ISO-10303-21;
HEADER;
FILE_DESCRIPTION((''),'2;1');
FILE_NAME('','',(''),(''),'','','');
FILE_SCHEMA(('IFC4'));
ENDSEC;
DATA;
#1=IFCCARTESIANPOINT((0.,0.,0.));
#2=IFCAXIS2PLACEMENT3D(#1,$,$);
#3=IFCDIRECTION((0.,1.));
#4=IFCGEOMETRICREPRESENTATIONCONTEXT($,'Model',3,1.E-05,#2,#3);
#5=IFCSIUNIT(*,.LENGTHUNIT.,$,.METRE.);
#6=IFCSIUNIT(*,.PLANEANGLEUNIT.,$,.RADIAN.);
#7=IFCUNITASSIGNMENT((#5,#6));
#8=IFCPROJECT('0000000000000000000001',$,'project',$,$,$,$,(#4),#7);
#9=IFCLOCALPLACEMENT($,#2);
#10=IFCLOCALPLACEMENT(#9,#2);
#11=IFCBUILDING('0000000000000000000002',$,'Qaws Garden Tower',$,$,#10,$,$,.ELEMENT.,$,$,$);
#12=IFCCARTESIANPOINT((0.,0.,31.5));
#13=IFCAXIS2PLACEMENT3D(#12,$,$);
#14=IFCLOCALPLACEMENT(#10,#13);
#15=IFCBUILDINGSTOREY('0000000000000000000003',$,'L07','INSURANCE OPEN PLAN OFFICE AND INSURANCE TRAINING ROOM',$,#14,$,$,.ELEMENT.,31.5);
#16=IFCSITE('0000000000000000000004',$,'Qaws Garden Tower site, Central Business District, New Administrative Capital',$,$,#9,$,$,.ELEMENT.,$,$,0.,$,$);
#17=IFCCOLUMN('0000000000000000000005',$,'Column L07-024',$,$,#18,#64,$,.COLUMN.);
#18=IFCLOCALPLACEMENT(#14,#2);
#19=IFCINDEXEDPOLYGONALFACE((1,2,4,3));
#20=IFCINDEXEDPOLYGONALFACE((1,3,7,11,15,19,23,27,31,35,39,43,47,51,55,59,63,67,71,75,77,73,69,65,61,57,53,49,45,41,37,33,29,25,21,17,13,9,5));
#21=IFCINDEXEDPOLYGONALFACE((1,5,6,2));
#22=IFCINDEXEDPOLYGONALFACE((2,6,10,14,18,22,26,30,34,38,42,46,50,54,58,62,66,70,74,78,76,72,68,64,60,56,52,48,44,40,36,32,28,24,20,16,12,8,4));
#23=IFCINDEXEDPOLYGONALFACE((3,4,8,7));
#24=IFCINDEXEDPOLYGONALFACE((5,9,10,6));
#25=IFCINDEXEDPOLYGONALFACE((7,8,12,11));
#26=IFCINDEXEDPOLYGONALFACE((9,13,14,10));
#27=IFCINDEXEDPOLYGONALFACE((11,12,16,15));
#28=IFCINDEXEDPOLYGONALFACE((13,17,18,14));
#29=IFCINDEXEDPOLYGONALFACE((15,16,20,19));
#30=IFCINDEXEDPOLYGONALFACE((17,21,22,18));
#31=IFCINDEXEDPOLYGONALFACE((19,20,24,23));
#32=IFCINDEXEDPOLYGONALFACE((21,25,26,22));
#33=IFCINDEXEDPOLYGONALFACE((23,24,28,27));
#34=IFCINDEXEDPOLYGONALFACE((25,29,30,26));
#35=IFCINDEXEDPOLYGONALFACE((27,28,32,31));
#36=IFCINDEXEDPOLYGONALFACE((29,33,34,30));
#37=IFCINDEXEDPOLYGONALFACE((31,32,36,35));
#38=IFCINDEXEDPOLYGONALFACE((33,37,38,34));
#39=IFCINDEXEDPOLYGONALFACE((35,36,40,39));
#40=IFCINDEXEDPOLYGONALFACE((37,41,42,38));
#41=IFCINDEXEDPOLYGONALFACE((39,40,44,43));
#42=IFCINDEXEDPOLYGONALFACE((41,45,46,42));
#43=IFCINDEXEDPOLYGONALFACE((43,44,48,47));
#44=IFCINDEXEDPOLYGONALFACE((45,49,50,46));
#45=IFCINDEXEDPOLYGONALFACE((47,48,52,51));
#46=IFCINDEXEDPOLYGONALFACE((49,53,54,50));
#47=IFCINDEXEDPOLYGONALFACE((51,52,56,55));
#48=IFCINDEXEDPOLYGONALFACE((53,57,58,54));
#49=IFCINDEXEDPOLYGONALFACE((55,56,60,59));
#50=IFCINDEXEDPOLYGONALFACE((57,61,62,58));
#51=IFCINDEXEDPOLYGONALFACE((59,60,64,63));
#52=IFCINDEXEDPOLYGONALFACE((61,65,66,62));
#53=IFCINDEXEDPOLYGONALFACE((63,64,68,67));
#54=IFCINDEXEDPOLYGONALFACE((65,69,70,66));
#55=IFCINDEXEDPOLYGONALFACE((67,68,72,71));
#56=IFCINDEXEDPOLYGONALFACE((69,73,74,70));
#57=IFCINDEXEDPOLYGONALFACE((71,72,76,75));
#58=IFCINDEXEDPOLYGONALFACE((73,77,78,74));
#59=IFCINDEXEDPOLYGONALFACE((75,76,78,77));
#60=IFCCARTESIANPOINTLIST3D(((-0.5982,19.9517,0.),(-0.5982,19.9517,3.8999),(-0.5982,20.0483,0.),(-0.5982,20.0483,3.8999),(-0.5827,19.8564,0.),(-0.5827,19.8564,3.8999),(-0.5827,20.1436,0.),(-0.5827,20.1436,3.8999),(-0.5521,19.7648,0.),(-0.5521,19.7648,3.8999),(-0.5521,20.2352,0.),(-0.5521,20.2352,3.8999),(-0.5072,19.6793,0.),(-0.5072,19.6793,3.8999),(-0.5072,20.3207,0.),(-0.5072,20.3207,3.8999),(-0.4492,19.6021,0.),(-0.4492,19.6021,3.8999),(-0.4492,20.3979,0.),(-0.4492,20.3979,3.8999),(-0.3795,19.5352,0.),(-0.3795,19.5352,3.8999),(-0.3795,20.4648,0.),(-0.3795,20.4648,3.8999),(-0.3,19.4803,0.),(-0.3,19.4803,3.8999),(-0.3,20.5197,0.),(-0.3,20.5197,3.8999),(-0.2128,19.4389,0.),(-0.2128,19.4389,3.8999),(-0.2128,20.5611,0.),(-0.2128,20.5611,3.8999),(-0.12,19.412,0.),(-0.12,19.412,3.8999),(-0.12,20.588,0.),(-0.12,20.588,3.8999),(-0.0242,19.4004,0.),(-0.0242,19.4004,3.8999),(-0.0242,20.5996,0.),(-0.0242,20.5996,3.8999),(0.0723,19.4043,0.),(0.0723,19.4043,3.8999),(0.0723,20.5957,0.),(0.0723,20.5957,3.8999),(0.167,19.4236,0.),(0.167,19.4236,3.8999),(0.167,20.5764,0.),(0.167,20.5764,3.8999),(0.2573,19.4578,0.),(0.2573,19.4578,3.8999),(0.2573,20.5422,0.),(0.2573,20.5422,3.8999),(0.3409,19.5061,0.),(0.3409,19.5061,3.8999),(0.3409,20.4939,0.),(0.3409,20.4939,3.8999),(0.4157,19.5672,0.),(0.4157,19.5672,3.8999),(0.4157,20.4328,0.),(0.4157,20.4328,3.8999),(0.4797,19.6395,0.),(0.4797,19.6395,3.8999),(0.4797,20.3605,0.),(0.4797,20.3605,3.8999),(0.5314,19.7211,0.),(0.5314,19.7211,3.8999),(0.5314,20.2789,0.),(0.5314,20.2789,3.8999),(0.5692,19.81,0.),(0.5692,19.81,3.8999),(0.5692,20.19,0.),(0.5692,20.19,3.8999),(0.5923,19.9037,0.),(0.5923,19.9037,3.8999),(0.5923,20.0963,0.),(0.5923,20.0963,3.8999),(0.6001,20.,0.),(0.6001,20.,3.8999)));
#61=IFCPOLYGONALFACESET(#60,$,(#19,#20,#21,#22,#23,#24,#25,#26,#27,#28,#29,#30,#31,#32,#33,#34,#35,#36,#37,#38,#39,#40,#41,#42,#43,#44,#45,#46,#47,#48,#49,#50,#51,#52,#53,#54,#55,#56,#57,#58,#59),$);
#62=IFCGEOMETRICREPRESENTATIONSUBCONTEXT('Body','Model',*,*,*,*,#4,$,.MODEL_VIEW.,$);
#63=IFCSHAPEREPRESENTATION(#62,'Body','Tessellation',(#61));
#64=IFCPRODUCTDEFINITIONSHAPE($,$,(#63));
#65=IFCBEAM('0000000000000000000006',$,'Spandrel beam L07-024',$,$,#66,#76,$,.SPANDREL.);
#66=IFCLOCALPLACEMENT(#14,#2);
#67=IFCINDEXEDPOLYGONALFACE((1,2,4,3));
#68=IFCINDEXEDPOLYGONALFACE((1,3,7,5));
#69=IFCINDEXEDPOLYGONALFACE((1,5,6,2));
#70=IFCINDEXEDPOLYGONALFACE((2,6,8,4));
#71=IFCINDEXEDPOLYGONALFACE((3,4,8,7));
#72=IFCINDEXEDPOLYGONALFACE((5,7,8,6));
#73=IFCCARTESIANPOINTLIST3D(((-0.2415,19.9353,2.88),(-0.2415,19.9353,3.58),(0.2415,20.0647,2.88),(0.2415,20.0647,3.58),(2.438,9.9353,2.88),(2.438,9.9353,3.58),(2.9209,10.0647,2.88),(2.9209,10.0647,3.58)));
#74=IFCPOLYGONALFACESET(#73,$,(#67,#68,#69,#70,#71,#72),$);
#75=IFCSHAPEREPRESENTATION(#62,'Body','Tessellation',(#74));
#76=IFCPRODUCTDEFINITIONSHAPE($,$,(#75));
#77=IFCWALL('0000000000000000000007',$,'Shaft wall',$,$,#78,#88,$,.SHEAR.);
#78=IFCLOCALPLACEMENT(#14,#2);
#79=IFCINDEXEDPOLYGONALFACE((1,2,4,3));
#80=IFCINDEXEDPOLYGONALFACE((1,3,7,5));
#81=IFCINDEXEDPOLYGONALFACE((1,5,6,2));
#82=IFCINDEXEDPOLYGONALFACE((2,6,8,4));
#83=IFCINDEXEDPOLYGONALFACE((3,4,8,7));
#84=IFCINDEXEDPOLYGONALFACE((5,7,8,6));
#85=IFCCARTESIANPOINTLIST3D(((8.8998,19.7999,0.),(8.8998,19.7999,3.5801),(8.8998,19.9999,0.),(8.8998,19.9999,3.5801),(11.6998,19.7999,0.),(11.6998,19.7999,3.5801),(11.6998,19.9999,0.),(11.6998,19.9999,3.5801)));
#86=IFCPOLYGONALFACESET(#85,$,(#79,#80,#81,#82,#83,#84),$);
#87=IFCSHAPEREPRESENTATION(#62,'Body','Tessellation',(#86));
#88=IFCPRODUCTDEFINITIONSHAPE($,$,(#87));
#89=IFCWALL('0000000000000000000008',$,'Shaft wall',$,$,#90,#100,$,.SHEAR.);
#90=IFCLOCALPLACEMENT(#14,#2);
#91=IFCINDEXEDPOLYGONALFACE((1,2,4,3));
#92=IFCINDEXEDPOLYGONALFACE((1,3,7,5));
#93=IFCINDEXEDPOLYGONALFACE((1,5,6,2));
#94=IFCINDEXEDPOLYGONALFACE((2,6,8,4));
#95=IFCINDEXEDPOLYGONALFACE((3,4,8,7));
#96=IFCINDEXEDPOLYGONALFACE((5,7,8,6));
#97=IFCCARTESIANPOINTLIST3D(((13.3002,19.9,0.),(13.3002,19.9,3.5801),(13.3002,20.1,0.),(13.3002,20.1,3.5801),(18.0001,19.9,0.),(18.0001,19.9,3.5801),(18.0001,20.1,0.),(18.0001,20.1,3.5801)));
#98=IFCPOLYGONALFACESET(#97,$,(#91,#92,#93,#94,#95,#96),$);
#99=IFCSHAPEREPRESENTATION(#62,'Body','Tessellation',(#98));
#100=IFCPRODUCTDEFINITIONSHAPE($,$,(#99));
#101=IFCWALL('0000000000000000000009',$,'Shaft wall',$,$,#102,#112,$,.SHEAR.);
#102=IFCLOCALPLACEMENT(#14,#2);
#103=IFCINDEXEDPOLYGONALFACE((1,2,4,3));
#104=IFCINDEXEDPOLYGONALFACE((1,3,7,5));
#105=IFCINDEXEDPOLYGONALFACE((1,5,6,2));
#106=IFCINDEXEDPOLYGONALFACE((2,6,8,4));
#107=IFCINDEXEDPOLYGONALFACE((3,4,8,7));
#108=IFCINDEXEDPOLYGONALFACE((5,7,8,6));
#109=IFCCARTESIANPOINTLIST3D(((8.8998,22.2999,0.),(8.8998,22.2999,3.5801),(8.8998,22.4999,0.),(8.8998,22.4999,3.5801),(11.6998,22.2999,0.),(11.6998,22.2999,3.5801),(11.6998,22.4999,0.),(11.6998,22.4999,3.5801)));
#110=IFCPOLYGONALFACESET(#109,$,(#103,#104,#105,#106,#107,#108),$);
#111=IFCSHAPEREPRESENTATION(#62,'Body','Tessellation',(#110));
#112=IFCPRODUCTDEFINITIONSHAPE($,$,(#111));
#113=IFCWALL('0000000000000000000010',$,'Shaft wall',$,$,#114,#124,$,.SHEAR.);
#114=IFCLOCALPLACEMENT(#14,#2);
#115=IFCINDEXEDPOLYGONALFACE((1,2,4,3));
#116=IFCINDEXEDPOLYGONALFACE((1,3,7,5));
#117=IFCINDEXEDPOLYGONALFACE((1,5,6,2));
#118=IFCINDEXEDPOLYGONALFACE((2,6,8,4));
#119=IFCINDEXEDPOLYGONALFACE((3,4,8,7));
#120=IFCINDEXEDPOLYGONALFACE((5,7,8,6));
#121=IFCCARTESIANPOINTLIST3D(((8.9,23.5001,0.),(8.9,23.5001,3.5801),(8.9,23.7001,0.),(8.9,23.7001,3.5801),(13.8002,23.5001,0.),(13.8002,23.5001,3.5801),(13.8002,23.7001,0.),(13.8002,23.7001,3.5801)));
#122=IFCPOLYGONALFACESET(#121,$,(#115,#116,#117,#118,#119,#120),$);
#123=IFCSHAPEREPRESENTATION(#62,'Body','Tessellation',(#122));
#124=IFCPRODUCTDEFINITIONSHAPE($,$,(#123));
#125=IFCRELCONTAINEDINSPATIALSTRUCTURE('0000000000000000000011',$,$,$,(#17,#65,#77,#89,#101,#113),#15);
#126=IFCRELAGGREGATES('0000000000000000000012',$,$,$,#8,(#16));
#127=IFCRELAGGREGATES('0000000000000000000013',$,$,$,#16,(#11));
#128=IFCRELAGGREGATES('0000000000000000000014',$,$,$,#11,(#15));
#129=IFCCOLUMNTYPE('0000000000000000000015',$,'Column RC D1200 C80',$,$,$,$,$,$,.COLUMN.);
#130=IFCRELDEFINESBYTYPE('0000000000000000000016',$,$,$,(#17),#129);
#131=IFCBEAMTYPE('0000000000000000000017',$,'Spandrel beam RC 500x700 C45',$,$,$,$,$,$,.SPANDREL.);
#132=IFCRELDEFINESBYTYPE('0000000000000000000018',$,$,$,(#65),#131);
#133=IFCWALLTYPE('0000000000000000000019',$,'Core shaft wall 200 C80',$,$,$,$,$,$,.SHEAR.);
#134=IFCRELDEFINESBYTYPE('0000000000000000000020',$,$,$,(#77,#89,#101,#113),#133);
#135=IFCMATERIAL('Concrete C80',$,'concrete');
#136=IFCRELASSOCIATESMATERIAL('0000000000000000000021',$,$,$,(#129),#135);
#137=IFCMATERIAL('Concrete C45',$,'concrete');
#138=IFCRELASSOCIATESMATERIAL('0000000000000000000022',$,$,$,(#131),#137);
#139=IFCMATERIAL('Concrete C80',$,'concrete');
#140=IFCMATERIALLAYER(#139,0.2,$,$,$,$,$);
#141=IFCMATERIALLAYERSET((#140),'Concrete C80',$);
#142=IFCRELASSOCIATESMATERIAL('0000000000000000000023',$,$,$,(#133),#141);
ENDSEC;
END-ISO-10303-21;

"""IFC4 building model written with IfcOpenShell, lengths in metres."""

from ifc_helpers import new_model, si_unit, direction, frame, frame_2d, origin, origin_2d, place, context, subcontext, project, spatial, rectangle, circle, extrude, material, layer, layer_set, material_profile, profile_set, type_object, element, save


model = new_model("IFC4")

# Units and contexts
model_context = context("Model", 3, precision=1e-05, world=origin(), true_north=direction((0.0, 1.0)))
body_context = subcontext(model_context, "Body", "Model", "MODEL_VIEW")
ifc_project = project(units=[si_unit("LENGTHUNIT", "METRE"), si_unit("PLANEANGLEUNIT", "RADIAN")], contexts=[model_context])

# Site, building, storey
site_placement = place(None, origin())
site = spatial("IfcSite", under=ifc_project, at=site_placement, Name="Qaws Garden Tower site, Central Business District, New Administrative Capital", CompositionType="ELEMENT", RefElevation=0.0)
building_placement = place(site_placement, origin())
building = spatial("IfcBuilding", under=site, at=building_placement, Name="Qaws Garden Tower", CompositionType="ELEMENT")
storey_placement = place(building_placement, frame((0.0, 0.0, 31.5)))
storey = spatial("IfcBuildingStorey", under=building, at=storey_placement, Name="L07", Description="INSURANCE OPEN PLAN OFFICE AND INSURANCE TRAINING ROOM", CompositionType="ELEMENT", Elevation=31.5)

# Column
ifc_material_1 = material(Name="Concrete C80", Category="concrete")
ifc_material_profile_1 = material_profile(ifc_material_1, circle(Radius=0.6001, at=origin_2d()), Name="RC D1200")
ifc_profile_set_1 = profile_set([ifc_material_profile_1], Name="Concrete C80")
column_type = type_object("IfcColumnType", Name="Column RC D1200 C80", PredefinedType="COLUMN", material=ifc_profile_set_1)
column_placement = place(storey_placement, frame((0.0, 20.0, 0.0), z_axis=(0.0, 0.0, 1.0), x_axis=(1.0, 0.0, 0.0)))
element("IfcColumn", 1, at=column_placement, inside=storey, type_object=column_type, Name="Column L07-024", PredefinedType="COLUMN", context=body_context, shape_type="SweptSolid", body=[
    extrude(circle(Radius=0.6001, at=origin_2d()), origin(), (0.0, 0.0, 1.0), 3.8999),
])

# Beam
ifc_material_2 = material(Name="Concrete C45", Category="concrete")
ifc_material_profile_2 = material_profile(ifc_material_2, rectangle(XDim=0.5, YDim=0.7, at=origin_2d()), Name="RC 500x700")
ifc_profile_set_2 = profile_set([ifc_material_profile_2], Name="Concrete C45")
beam_type = type_object("IfcBeamType", Name="Spandrel beam RC 500x700 C45", PredefinedType="SPANDREL", material=ifc_profile_set_2)
beam_placement = place(storey_placement, frame((0.0, 20.0, 3.23), z_axis=(0.258815, -0.965927, 0.0), x_axis=(0.965927, 0.258815, 0.0)))
element("IfcBeam", 2, at=beam_placement, inside=storey, type_object=beam_type, Name="Spandrel beam L07-024", PredefinedType="SPANDREL", context=body_context, shape_type="SweptSolid", body=[
    extrude(rectangle(XDim=0.5, YDim=0.7, at=origin_2d()), origin(), (0.0, 0.0, 1.0), 10.3528),
])

# Walls
ifc_material_3 = material(Name="Concrete C80", Category="concrete")
ifc_layer_1 = layer(ifc_material_3, 0.2)
ifc_layer_set_1 = layer_set([ifc_layer_1], Name="Concrete C80")
wall_type_1 = type_object("IfcWallType", Name="Core shaft wall 200 C80", PredefinedType="SHEAR", material=ifc_layer_set_1)
wall_1_placement = place(storey_placement, frame((8.8999, 19.8999, 0.0), z_axis=(0.0, 0.0, 1.0), x_axis=(1.0, 0.0, 0.0)))
element("IfcWall", 3, at=wall_1_placement, inside=storey, type_object=wall_type_1, Name="Shaft wall", PredefinedType="SHEAR", context=body_context, shape_type="SweptSolid", body=[
    extrude(rectangle(XDim=2.8, YDim=0.2, at=frame_2d((1.3999, 0.0))), origin(), (0.0, 0.0, 1.0), 3.5801),
])
wall_2_placement = place(storey_placement, frame((13.3, 20.0, 0.0), z_axis=(0.0, 0.0, 1.0), x_axis=(1.0, 0.0, 0.0)))
element("IfcWall", 4, at=wall_2_placement, inside=storey, type_object=wall_type_1, Name="Shaft wall", PredefinedType="SHEAR", context=body_context, shape_type="SweptSolid", body=[
    extrude(rectangle(XDim=4.7, YDim=0.2, at=frame_2d((2.3501, 0.0))), origin(), (0.0, 0.0, 1.0), 3.5801),
])
wall_3_placement = place(storey_placement, frame((8.8999, 22.3999, 0.0), z_axis=(0.0, 0.0, 1.0), x_axis=(1.0, 0.0, 0.0)))
element("IfcWall", 5, at=wall_3_placement, inside=storey, type_object=wall_type_1, Name="Shaft wall", PredefinedType="SHEAR", context=body_context, shape_type="SweptSolid", body=[
    extrude(rectangle(XDim=2.8, YDim=0.2, at=frame_2d((1.3999, 0.0))), origin(), (0.0, 0.0, 1.0), 3.5801),
])
wall_4_placement = place(storey_placement, frame((8.8999, 23.6001, 0.0), z_axis=(0.0, 0.0, 1.0), x_axis=(1.0, 0.0, 0.0)))
element("IfcWall", 6, at=wall_4_placement, inside=storey, type_object=wall_type_1, Name="Shaft wall", PredefinedType="SHEAR", context=body_context, shape_type="SweptSolid", body=[
    extrude(rectangle(XDim=4.9001, YDim=0.2, at=frame_2d((2.4502, 0.0))), origin(), (0.0, 0.0, 1.0), 3.5801),
])

save(model, "model.ifc")
